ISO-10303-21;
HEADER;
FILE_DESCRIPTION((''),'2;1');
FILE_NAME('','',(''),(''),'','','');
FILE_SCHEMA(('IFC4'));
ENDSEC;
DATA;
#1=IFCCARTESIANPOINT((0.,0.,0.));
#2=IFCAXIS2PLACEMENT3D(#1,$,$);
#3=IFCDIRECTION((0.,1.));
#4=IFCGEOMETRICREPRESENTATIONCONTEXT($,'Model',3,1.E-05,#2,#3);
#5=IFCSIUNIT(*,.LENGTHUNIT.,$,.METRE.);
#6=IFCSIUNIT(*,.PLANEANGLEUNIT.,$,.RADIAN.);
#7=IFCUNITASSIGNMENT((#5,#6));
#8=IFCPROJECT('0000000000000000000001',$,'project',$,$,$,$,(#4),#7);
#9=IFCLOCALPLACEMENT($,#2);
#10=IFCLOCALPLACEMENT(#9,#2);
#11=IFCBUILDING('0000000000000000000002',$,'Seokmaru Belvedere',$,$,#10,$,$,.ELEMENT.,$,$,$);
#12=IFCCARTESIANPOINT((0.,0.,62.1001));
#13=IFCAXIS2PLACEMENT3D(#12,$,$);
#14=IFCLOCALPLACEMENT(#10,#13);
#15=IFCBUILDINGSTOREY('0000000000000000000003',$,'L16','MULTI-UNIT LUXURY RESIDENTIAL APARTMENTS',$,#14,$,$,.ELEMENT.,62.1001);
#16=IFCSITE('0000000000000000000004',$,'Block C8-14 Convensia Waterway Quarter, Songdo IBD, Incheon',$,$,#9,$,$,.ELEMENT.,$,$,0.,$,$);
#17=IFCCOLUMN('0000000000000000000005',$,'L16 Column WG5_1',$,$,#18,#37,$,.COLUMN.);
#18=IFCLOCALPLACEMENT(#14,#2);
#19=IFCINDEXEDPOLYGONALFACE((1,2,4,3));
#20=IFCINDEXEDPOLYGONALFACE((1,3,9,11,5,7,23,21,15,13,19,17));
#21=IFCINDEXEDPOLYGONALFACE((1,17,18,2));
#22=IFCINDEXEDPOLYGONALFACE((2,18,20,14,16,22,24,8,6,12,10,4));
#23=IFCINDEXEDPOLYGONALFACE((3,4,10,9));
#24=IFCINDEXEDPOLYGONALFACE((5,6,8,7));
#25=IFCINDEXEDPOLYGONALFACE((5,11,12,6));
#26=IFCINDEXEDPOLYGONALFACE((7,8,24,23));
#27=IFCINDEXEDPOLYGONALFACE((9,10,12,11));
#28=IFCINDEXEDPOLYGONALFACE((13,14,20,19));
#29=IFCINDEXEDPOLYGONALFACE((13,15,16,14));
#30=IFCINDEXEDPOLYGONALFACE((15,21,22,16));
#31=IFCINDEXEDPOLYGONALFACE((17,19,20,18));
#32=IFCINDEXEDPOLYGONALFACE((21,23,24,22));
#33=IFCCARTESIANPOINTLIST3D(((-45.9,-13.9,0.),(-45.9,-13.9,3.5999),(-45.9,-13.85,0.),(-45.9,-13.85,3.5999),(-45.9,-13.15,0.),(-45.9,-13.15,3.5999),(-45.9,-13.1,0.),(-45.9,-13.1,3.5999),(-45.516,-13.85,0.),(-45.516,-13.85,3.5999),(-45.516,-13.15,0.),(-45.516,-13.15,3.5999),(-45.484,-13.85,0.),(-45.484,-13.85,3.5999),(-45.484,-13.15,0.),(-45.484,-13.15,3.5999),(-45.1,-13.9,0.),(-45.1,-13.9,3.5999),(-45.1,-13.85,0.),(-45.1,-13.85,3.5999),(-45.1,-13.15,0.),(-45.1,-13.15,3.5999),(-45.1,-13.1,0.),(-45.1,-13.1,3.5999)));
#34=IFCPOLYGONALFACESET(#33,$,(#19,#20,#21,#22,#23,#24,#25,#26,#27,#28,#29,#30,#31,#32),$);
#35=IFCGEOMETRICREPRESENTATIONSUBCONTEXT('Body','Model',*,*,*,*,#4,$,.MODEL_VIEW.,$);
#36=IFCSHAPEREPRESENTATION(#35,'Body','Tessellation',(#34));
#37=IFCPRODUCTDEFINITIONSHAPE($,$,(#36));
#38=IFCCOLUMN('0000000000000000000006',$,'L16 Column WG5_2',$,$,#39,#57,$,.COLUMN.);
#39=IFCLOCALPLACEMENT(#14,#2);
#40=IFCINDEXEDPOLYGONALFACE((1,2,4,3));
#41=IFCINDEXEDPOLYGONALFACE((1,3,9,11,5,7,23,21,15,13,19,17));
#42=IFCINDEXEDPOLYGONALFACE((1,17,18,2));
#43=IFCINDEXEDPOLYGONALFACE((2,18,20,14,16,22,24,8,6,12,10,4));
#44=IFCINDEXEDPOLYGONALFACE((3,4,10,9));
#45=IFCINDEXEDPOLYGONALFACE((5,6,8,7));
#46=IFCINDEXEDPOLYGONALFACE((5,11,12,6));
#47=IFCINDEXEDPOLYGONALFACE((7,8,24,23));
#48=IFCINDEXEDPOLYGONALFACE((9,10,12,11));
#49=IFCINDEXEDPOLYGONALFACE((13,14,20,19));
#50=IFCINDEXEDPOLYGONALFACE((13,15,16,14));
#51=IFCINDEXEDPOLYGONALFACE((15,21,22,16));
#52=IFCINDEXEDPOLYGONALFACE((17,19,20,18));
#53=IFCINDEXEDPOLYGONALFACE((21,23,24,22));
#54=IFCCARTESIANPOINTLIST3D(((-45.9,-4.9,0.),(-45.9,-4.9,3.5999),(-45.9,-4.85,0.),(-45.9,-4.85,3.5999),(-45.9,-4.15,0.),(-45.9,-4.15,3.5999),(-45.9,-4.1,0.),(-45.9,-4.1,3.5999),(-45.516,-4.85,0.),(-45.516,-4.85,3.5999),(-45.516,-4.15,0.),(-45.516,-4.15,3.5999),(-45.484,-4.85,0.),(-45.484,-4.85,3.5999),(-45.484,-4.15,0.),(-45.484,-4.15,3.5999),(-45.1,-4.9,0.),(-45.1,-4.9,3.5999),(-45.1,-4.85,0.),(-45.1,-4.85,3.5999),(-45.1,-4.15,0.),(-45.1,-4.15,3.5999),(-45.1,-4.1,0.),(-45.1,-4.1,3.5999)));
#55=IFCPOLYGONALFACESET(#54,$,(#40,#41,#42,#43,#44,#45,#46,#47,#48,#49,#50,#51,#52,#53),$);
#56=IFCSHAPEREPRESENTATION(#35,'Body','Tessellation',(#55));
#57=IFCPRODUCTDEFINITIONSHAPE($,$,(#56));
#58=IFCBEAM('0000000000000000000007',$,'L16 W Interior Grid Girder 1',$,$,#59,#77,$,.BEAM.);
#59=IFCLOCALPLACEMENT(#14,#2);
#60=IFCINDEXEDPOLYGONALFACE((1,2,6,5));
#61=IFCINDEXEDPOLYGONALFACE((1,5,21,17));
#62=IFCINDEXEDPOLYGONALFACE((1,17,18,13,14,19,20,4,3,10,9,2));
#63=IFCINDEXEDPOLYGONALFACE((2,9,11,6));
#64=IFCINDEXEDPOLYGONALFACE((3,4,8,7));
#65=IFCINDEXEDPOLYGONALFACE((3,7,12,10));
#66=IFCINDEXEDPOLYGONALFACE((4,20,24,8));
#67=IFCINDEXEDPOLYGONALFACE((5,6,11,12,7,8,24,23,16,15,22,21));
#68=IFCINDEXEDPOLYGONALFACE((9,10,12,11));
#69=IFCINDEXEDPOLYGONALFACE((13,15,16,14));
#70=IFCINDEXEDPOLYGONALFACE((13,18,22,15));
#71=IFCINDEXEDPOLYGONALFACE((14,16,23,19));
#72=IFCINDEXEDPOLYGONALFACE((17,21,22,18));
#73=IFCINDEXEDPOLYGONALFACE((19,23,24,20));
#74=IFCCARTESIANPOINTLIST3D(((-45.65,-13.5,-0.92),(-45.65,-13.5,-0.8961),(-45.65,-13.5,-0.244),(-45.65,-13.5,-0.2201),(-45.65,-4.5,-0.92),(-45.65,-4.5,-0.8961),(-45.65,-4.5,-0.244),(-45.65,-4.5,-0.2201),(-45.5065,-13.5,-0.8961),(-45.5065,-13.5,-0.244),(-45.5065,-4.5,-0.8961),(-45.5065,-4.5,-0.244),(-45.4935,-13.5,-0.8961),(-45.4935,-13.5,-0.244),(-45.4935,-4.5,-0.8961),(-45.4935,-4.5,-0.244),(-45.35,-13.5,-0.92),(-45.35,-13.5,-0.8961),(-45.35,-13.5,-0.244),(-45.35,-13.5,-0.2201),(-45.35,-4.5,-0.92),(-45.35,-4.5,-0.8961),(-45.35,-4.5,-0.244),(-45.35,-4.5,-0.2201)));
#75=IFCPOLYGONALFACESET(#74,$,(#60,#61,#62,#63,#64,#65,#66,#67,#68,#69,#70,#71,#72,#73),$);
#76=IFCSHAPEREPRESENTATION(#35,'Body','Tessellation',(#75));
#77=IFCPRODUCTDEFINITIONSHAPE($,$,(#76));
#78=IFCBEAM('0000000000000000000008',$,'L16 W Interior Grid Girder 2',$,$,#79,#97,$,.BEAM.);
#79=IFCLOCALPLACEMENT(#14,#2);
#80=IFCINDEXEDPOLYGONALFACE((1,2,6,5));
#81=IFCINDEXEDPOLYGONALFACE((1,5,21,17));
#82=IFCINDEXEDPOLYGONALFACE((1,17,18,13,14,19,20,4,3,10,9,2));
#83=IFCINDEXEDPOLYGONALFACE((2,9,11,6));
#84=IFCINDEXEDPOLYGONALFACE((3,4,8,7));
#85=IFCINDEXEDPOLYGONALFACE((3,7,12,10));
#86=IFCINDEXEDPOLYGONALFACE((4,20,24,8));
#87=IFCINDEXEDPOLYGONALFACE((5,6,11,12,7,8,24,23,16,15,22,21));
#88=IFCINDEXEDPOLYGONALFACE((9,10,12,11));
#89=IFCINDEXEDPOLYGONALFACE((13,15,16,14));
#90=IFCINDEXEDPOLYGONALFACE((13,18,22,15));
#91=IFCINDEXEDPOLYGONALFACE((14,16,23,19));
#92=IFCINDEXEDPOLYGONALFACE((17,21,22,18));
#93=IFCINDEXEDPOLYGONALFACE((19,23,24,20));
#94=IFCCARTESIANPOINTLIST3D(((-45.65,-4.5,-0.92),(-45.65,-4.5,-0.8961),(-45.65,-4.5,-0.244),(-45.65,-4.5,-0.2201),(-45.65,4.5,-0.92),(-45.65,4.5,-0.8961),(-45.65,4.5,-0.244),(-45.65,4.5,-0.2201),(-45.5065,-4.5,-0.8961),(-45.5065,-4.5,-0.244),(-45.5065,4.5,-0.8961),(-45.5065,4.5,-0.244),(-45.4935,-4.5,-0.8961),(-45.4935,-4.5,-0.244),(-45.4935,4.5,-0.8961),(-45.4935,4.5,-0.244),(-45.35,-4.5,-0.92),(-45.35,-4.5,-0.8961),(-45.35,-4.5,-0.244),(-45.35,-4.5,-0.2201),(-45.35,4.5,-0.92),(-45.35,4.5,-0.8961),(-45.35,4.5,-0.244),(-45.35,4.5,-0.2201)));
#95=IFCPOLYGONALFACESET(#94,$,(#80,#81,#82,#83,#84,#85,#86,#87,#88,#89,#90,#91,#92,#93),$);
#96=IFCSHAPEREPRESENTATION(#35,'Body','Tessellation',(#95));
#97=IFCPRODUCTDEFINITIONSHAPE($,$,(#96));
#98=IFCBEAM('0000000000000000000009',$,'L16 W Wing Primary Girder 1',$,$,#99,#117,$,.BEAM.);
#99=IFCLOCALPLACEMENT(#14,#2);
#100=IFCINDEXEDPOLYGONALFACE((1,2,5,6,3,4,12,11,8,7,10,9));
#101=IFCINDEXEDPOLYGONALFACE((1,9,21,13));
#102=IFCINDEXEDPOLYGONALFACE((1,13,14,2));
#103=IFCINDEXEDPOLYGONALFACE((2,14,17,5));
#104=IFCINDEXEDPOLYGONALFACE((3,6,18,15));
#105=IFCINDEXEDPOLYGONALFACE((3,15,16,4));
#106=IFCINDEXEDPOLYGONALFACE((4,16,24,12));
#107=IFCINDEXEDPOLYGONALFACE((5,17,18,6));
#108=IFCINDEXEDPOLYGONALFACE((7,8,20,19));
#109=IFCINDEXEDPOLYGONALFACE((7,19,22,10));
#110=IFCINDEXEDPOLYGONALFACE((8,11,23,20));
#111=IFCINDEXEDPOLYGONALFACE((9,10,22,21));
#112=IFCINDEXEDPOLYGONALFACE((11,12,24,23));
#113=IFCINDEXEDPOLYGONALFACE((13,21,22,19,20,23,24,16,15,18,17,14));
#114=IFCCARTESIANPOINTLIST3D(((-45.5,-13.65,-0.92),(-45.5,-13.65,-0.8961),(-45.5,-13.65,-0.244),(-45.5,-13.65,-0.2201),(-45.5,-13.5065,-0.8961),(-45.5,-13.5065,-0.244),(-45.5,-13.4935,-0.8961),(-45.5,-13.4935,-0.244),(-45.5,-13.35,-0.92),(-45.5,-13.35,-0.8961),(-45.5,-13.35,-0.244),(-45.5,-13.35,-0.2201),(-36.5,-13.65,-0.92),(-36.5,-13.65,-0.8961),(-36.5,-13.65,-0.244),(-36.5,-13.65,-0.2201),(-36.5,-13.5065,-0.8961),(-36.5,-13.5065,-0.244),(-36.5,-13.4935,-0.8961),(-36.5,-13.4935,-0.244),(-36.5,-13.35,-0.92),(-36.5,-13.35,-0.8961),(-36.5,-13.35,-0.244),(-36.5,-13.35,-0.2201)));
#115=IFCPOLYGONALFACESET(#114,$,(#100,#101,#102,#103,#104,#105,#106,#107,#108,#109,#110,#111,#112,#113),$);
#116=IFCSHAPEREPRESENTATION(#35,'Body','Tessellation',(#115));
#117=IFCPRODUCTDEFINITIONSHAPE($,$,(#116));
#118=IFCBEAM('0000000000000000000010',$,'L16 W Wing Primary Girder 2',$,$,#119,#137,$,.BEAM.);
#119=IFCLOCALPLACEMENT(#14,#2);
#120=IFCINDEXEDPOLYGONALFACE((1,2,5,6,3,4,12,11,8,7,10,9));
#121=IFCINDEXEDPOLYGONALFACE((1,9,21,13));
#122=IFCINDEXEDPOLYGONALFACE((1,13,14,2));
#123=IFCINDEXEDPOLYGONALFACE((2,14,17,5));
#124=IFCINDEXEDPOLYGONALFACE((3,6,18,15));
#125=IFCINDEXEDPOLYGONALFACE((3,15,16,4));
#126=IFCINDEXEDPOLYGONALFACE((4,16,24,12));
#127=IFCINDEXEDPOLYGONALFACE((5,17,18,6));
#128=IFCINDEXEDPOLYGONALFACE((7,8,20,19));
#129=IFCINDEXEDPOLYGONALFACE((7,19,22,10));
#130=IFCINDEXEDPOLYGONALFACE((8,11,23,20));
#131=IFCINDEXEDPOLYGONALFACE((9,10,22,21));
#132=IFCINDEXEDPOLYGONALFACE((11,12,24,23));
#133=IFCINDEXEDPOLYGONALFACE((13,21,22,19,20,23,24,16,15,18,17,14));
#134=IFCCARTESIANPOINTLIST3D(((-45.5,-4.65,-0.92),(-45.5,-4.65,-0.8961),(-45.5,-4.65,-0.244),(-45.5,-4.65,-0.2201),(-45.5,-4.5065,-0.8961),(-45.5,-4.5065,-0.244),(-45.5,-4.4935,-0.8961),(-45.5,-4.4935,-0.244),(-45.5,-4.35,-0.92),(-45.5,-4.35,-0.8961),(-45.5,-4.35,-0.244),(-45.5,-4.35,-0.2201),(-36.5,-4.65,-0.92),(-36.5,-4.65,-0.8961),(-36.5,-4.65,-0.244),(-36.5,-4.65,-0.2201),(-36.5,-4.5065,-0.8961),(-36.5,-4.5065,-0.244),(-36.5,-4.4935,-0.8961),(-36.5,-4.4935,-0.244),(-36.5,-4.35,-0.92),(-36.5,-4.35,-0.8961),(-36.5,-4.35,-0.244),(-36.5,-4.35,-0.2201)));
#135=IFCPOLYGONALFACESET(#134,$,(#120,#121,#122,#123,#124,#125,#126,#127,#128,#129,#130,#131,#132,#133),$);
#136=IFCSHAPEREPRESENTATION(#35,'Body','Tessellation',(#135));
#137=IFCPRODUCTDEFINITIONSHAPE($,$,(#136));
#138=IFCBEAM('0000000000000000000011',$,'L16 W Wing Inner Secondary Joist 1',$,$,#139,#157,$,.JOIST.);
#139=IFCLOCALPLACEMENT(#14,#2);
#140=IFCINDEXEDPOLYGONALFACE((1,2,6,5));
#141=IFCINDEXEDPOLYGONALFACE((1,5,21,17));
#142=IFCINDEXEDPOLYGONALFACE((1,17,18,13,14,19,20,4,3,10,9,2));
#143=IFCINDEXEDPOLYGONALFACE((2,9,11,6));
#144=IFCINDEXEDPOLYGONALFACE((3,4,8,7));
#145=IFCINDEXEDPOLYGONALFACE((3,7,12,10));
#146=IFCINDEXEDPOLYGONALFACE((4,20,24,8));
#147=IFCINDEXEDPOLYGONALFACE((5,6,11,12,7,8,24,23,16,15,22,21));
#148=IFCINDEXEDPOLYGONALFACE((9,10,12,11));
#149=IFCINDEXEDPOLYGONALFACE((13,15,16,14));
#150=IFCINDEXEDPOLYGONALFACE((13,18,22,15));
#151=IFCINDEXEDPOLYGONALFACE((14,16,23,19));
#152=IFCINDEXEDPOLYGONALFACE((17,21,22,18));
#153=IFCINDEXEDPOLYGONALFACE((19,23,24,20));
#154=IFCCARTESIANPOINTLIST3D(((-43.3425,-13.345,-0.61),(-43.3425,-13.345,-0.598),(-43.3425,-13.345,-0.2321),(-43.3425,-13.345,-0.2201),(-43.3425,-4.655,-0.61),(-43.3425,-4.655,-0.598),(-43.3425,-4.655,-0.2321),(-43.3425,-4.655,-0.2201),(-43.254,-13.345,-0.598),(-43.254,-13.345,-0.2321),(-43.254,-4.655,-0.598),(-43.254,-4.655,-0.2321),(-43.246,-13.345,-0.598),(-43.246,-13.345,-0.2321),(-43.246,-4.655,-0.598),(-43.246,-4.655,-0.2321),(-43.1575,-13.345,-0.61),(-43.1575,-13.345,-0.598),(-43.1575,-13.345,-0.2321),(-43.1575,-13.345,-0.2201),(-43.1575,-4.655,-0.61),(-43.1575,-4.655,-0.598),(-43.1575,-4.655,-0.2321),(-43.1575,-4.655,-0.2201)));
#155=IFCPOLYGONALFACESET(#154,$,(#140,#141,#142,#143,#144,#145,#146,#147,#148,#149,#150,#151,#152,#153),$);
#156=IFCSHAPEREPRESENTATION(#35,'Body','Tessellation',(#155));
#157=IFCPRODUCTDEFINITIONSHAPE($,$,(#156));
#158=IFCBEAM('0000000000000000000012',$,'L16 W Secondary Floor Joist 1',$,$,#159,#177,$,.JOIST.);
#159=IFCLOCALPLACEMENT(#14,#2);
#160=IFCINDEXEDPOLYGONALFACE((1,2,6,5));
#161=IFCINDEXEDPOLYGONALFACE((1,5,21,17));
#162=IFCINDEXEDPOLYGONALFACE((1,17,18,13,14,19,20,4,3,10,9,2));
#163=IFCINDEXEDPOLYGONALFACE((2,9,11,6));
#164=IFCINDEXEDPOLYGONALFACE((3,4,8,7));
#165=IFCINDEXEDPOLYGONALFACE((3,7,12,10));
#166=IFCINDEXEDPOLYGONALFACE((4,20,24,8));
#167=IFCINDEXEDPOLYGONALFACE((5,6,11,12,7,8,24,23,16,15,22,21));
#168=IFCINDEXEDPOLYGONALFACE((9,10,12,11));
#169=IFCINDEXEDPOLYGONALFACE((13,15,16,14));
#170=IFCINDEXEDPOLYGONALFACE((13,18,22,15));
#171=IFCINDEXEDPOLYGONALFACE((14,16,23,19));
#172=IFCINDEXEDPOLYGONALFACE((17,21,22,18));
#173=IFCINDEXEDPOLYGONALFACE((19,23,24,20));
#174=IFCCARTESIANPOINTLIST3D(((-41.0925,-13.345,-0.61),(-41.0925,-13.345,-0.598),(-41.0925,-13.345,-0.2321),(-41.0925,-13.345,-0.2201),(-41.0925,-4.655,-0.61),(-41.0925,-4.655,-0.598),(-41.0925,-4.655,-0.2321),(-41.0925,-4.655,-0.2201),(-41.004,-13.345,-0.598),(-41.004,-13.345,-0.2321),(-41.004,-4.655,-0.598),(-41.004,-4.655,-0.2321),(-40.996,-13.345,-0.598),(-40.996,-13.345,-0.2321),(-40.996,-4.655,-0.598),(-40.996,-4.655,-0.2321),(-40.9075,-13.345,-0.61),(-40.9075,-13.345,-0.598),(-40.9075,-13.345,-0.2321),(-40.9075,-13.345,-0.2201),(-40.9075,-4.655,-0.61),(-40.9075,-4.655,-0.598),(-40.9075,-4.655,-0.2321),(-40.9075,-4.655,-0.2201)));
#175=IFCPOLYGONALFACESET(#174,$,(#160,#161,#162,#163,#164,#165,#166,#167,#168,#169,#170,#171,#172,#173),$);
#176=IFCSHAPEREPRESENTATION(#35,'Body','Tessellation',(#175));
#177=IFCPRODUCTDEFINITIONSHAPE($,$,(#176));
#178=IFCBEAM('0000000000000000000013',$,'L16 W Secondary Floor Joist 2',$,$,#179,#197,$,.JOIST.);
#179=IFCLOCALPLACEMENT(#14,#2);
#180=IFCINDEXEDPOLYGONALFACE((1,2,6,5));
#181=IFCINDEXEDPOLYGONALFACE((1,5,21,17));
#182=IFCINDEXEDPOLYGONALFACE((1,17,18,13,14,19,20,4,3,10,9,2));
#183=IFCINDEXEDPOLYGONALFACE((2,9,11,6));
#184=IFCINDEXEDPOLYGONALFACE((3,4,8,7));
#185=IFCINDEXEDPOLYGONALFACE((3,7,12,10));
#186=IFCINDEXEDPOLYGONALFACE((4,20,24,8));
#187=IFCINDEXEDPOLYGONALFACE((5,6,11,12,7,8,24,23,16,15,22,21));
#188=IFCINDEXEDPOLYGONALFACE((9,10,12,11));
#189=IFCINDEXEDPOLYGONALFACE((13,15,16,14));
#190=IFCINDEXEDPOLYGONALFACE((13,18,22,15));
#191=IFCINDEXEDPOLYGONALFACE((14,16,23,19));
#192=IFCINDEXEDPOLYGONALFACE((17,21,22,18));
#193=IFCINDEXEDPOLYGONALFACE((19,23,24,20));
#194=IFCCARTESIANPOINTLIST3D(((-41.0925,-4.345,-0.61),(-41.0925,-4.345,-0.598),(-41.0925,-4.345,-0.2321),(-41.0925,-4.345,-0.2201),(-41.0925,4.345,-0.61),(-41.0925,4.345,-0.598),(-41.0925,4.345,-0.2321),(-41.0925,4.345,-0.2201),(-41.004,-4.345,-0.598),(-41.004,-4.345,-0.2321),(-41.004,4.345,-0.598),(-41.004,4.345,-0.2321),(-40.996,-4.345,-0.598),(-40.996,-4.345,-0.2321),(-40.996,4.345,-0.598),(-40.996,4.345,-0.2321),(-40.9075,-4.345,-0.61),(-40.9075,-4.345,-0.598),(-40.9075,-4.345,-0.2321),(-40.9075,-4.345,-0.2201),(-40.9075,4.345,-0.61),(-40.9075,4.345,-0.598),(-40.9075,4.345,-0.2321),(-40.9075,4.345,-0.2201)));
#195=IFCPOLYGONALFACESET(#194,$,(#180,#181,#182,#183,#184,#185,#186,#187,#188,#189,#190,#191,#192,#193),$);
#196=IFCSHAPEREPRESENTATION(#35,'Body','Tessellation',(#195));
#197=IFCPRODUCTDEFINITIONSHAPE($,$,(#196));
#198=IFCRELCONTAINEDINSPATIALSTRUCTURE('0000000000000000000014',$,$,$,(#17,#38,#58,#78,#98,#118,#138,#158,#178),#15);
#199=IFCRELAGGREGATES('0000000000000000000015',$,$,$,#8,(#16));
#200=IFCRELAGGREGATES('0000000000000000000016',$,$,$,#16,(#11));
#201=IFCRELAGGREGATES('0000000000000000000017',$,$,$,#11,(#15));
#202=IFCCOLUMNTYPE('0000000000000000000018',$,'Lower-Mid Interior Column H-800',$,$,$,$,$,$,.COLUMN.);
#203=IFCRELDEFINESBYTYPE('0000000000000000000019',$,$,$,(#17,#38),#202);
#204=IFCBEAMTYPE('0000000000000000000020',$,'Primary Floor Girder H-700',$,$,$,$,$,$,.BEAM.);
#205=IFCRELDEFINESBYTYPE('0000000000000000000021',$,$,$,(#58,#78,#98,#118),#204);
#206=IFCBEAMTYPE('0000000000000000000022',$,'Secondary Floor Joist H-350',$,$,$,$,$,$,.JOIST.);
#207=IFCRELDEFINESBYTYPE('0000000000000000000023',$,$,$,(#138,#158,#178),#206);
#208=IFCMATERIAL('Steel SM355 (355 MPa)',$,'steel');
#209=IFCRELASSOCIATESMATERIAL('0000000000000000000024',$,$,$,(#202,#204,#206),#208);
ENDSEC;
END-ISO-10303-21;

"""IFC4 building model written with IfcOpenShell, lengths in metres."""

from ifc_helpers import new_model, si_unit, direction, frame, origin, origin_2d, place, context, subcontext, project, spatial, i_section, extrude, source, transform, mapped, material, material_profile, profile_set, type_object, type_shapes, element, save


model = new_model("IFC4")

# Units and contexts
model_context = context("Model", 3, precision=1e-05, world=origin(), true_north=direction((0.0, 1.0)))
body_context = subcontext(model_context, "Body", "Model", "MODEL_VIEW")
ifc_project = project(units=[si_unit("LENGTHUNIT", "METRE"), si_unit("PLANEANGLEUNIT", "RADIAN")], contexts=[model_context])

# Site, building, storey
site_placement = place(None, origin())
site = spatial("IfcSite", under=ifc_project, at=site_placement, Name="Block C8-14 Convensia Waterway Quarter, Songdo IBD, Incheon", CompositionType="ELEMENT", RefElevation=0.0)
building_placement = place(site_placement, origin())
building = spatial("IfcBuilding", under=site, at=building_placement, Name="Seokmaru Belvedere", CompositionType="ELEMENT")
storey_placement = place(building_placement, frame((0.0, 0.0, 62.1001)))
storey = spatial("IfcBuildingStorey", under=building, at=storey_placement, Name="L16", Description="MULTI-UNIT LUXURY RESIDENTIAL APARTMENTS", CompositionType="ELEMENT", Elevation=62.1001)

# Columns
ifc_material_1 = material(Name="Steel SM355 (355 MPa)", Category="steel")
ifc_material_profile_1 = material_profile(ifc_material_1, i_section(OverallWidth=0.8, OverallDepth=0.8, WebThickness=0.032, FlangeThickness=0.05, at=origin_2d()), Name="H-800x800x32x50")
ifc_profile_set_1 = profile_set([ifc_material_profile_1], Name="Steel SM355 (355 MPa)")
column_type = type_object("IfcColumnType", Name="Lower-Mid Interior Column H-800", PredefinedType="COLUMN", material=ifc_profile_set_1)
shared_shape_1 = source(origin(), body_context, "Body", "SweptSolid", [
    extrude(i_section(OverallWidth=0.8, OverallDepth=0.8, WebThickness=0.032, FlangeThickness=0.05, at=origin_2d()), origin(), (0.0, 0.0, 1.0), 3.5999),
])
type_shapes(column_type, [shared_shape_1])
for number, where, z_axis, x_axis, name in (
    (1, (-45.5, -13.5, 0.0), (0.0, 0.0, 1.0), (1.0, 0.0, 0.0), "L16 Column WG5_1"),
    (2, (-45.5, -4.5, 0.0), (0.0, 0.0, 1.0), (1.0, 0.0, 0.0), "L16 Column WG5_2"),
):
    element("IfcColumn", number, at=place(storey_placement, frame(where, z_axis=z_axis, x_axis=x_axis)), inside=storey, type_object=column_type, Name=name, PredefinedType="COLUMN", context=body_context, shape_type="MappedRepresentation", body=[
        mapped(shared_shape_1, transform((0.0, 0.0, 0.0), scale=1.0)),
    ])

# Beams
ifc_material_profile_2 = material_profile(ifc_material_1, i_section(OverallWidth=0.3, OverallDepth=0.7, WebThickness=0.0129, FlangeThickness=0.0239, at=origin_2d()), Name="H-700x300x13x24")
ifc_profile_set_2 = profile_set([ifc_material_profile_2], Name="Steel SM355 (355 MPa)")
beam_type_1 = type_object("IfcBeamType", Name="Primary Floor Girder H-700", PredefinedType="BEAM", material=ifc_profile_set_2)
shared_shape_2 = source(origin(), body_context, "Body", "SweptSolid", [
    extrude(i_section(OverallWidth=0.3, OverallDepth=0.7, WebThickness=0.0129, FlangeThickness=0.0239, at=origin_2d()), origin(), (0.0, 0.0, 1.0), 9.0),
])
type_shapes(beam_type_1, [shared_shape_2])
for number, where, z_axis, x_axis, name in (
    (3, (-45.5, -13.5, -0.5701), (0.0, 1.0, 0.0), (-1.0, 0.0, 0.0), "L16 W Interior Grid Girder 1"),
    (4, (-45.5, -4.5, -0.5701), (0.0, 1.0, 0.0), (-1.0, 0.0, 0.0), "L16 W Interior Grid Girder 2"),
    (5, (-45.5, -13.5, -0.5701), (1.0, 0.0, 0.0), (0.0, 1.0, 0.0), "L16 W Wing Primary Girder 1"),
    (6, (-45.5, -4.5, -0.5701), (1.0, 0.0, 0.0), (0.0, 1.0, 0.0), "L16 W Wing Primary Girder 2"),
):
    element("IfcBeam", number, at=place(storey_placement, frame(where, z_axis=z_axis, x_axis=x_axis)), inside=storey, type_object=beam_type_1, Name=name, PredefinedType="BEAM", context=body_context, shape_type="MappedRepresentation", body=[
        mapped(shared_shape_2, transform((0.0, 0.0, 0.0), scale=1.0)),
    ])
ifc_material_profile_3 = material_profile(ifc_material_1, i_section(OverallWidth=0.1851, OverallDepth=0.3899, WebThickness=0.0081, FlangeThickness=0.012, at=origin_2d()), Name="H-390x185x8x12")
ifc_profile_set_3 = profile_set([ifc_material_profile_3], Name="Steel SM355 (355 MPa)")
beam_type_2 = type_object("IfcBeamType", Name="Secondary Floor Joist H-350", PredefinedType="JOIST", material=ifc_profile_set_3)
shared_shape_3 = source(origin(), body_context, "Body", "SweptSolid", [
    extrude(i_section(OverallWidth=0.1851, OverallDepth=0.3899, WebThickness=0.0081, FlangeThickness=0.012, at=origin_2d()), origin(), (0.0, 0.0, 1.0), 8.6899),
])
type_shapes(beam_type_2, [shared_shape_3])
for number, where, z_axis, x_axis, name in (
    (7, (-43.25, -13.345, -0.415), (0.0, 1.0, 0.0), (-1.0, 0.0, 0.0), "L16 W Wing Inner Secondary Joist 1"),
    (8, (-41.0, -13.345, -0.415), (0.0, 1.0, 0.0), (-1.0, 0.0, 0.0), "L16 W Secondary Floor Joist 1"),
    (9, (-41.0, -4.345, -0.415), (0.0, 1.0, 0.0), (-1.0, 0.0, 0.0), "L16 W Secondary Floor Joist 2"),
):
    element("IfcBeam", number, at=place(storey_placement, frame(where, z_axis=z_axis, x_axis=x_axis)), inside=storey, type_object=beam_type_2, Name=name, PredefinedType="JOIST", context=body_context, shape_type="MappedRepresentation", body=[
        mapped(shared_shape_3, transform((0.0, 0.0, 0.0), scale=1.0)),
    ])

save(model, "model.ifc")
